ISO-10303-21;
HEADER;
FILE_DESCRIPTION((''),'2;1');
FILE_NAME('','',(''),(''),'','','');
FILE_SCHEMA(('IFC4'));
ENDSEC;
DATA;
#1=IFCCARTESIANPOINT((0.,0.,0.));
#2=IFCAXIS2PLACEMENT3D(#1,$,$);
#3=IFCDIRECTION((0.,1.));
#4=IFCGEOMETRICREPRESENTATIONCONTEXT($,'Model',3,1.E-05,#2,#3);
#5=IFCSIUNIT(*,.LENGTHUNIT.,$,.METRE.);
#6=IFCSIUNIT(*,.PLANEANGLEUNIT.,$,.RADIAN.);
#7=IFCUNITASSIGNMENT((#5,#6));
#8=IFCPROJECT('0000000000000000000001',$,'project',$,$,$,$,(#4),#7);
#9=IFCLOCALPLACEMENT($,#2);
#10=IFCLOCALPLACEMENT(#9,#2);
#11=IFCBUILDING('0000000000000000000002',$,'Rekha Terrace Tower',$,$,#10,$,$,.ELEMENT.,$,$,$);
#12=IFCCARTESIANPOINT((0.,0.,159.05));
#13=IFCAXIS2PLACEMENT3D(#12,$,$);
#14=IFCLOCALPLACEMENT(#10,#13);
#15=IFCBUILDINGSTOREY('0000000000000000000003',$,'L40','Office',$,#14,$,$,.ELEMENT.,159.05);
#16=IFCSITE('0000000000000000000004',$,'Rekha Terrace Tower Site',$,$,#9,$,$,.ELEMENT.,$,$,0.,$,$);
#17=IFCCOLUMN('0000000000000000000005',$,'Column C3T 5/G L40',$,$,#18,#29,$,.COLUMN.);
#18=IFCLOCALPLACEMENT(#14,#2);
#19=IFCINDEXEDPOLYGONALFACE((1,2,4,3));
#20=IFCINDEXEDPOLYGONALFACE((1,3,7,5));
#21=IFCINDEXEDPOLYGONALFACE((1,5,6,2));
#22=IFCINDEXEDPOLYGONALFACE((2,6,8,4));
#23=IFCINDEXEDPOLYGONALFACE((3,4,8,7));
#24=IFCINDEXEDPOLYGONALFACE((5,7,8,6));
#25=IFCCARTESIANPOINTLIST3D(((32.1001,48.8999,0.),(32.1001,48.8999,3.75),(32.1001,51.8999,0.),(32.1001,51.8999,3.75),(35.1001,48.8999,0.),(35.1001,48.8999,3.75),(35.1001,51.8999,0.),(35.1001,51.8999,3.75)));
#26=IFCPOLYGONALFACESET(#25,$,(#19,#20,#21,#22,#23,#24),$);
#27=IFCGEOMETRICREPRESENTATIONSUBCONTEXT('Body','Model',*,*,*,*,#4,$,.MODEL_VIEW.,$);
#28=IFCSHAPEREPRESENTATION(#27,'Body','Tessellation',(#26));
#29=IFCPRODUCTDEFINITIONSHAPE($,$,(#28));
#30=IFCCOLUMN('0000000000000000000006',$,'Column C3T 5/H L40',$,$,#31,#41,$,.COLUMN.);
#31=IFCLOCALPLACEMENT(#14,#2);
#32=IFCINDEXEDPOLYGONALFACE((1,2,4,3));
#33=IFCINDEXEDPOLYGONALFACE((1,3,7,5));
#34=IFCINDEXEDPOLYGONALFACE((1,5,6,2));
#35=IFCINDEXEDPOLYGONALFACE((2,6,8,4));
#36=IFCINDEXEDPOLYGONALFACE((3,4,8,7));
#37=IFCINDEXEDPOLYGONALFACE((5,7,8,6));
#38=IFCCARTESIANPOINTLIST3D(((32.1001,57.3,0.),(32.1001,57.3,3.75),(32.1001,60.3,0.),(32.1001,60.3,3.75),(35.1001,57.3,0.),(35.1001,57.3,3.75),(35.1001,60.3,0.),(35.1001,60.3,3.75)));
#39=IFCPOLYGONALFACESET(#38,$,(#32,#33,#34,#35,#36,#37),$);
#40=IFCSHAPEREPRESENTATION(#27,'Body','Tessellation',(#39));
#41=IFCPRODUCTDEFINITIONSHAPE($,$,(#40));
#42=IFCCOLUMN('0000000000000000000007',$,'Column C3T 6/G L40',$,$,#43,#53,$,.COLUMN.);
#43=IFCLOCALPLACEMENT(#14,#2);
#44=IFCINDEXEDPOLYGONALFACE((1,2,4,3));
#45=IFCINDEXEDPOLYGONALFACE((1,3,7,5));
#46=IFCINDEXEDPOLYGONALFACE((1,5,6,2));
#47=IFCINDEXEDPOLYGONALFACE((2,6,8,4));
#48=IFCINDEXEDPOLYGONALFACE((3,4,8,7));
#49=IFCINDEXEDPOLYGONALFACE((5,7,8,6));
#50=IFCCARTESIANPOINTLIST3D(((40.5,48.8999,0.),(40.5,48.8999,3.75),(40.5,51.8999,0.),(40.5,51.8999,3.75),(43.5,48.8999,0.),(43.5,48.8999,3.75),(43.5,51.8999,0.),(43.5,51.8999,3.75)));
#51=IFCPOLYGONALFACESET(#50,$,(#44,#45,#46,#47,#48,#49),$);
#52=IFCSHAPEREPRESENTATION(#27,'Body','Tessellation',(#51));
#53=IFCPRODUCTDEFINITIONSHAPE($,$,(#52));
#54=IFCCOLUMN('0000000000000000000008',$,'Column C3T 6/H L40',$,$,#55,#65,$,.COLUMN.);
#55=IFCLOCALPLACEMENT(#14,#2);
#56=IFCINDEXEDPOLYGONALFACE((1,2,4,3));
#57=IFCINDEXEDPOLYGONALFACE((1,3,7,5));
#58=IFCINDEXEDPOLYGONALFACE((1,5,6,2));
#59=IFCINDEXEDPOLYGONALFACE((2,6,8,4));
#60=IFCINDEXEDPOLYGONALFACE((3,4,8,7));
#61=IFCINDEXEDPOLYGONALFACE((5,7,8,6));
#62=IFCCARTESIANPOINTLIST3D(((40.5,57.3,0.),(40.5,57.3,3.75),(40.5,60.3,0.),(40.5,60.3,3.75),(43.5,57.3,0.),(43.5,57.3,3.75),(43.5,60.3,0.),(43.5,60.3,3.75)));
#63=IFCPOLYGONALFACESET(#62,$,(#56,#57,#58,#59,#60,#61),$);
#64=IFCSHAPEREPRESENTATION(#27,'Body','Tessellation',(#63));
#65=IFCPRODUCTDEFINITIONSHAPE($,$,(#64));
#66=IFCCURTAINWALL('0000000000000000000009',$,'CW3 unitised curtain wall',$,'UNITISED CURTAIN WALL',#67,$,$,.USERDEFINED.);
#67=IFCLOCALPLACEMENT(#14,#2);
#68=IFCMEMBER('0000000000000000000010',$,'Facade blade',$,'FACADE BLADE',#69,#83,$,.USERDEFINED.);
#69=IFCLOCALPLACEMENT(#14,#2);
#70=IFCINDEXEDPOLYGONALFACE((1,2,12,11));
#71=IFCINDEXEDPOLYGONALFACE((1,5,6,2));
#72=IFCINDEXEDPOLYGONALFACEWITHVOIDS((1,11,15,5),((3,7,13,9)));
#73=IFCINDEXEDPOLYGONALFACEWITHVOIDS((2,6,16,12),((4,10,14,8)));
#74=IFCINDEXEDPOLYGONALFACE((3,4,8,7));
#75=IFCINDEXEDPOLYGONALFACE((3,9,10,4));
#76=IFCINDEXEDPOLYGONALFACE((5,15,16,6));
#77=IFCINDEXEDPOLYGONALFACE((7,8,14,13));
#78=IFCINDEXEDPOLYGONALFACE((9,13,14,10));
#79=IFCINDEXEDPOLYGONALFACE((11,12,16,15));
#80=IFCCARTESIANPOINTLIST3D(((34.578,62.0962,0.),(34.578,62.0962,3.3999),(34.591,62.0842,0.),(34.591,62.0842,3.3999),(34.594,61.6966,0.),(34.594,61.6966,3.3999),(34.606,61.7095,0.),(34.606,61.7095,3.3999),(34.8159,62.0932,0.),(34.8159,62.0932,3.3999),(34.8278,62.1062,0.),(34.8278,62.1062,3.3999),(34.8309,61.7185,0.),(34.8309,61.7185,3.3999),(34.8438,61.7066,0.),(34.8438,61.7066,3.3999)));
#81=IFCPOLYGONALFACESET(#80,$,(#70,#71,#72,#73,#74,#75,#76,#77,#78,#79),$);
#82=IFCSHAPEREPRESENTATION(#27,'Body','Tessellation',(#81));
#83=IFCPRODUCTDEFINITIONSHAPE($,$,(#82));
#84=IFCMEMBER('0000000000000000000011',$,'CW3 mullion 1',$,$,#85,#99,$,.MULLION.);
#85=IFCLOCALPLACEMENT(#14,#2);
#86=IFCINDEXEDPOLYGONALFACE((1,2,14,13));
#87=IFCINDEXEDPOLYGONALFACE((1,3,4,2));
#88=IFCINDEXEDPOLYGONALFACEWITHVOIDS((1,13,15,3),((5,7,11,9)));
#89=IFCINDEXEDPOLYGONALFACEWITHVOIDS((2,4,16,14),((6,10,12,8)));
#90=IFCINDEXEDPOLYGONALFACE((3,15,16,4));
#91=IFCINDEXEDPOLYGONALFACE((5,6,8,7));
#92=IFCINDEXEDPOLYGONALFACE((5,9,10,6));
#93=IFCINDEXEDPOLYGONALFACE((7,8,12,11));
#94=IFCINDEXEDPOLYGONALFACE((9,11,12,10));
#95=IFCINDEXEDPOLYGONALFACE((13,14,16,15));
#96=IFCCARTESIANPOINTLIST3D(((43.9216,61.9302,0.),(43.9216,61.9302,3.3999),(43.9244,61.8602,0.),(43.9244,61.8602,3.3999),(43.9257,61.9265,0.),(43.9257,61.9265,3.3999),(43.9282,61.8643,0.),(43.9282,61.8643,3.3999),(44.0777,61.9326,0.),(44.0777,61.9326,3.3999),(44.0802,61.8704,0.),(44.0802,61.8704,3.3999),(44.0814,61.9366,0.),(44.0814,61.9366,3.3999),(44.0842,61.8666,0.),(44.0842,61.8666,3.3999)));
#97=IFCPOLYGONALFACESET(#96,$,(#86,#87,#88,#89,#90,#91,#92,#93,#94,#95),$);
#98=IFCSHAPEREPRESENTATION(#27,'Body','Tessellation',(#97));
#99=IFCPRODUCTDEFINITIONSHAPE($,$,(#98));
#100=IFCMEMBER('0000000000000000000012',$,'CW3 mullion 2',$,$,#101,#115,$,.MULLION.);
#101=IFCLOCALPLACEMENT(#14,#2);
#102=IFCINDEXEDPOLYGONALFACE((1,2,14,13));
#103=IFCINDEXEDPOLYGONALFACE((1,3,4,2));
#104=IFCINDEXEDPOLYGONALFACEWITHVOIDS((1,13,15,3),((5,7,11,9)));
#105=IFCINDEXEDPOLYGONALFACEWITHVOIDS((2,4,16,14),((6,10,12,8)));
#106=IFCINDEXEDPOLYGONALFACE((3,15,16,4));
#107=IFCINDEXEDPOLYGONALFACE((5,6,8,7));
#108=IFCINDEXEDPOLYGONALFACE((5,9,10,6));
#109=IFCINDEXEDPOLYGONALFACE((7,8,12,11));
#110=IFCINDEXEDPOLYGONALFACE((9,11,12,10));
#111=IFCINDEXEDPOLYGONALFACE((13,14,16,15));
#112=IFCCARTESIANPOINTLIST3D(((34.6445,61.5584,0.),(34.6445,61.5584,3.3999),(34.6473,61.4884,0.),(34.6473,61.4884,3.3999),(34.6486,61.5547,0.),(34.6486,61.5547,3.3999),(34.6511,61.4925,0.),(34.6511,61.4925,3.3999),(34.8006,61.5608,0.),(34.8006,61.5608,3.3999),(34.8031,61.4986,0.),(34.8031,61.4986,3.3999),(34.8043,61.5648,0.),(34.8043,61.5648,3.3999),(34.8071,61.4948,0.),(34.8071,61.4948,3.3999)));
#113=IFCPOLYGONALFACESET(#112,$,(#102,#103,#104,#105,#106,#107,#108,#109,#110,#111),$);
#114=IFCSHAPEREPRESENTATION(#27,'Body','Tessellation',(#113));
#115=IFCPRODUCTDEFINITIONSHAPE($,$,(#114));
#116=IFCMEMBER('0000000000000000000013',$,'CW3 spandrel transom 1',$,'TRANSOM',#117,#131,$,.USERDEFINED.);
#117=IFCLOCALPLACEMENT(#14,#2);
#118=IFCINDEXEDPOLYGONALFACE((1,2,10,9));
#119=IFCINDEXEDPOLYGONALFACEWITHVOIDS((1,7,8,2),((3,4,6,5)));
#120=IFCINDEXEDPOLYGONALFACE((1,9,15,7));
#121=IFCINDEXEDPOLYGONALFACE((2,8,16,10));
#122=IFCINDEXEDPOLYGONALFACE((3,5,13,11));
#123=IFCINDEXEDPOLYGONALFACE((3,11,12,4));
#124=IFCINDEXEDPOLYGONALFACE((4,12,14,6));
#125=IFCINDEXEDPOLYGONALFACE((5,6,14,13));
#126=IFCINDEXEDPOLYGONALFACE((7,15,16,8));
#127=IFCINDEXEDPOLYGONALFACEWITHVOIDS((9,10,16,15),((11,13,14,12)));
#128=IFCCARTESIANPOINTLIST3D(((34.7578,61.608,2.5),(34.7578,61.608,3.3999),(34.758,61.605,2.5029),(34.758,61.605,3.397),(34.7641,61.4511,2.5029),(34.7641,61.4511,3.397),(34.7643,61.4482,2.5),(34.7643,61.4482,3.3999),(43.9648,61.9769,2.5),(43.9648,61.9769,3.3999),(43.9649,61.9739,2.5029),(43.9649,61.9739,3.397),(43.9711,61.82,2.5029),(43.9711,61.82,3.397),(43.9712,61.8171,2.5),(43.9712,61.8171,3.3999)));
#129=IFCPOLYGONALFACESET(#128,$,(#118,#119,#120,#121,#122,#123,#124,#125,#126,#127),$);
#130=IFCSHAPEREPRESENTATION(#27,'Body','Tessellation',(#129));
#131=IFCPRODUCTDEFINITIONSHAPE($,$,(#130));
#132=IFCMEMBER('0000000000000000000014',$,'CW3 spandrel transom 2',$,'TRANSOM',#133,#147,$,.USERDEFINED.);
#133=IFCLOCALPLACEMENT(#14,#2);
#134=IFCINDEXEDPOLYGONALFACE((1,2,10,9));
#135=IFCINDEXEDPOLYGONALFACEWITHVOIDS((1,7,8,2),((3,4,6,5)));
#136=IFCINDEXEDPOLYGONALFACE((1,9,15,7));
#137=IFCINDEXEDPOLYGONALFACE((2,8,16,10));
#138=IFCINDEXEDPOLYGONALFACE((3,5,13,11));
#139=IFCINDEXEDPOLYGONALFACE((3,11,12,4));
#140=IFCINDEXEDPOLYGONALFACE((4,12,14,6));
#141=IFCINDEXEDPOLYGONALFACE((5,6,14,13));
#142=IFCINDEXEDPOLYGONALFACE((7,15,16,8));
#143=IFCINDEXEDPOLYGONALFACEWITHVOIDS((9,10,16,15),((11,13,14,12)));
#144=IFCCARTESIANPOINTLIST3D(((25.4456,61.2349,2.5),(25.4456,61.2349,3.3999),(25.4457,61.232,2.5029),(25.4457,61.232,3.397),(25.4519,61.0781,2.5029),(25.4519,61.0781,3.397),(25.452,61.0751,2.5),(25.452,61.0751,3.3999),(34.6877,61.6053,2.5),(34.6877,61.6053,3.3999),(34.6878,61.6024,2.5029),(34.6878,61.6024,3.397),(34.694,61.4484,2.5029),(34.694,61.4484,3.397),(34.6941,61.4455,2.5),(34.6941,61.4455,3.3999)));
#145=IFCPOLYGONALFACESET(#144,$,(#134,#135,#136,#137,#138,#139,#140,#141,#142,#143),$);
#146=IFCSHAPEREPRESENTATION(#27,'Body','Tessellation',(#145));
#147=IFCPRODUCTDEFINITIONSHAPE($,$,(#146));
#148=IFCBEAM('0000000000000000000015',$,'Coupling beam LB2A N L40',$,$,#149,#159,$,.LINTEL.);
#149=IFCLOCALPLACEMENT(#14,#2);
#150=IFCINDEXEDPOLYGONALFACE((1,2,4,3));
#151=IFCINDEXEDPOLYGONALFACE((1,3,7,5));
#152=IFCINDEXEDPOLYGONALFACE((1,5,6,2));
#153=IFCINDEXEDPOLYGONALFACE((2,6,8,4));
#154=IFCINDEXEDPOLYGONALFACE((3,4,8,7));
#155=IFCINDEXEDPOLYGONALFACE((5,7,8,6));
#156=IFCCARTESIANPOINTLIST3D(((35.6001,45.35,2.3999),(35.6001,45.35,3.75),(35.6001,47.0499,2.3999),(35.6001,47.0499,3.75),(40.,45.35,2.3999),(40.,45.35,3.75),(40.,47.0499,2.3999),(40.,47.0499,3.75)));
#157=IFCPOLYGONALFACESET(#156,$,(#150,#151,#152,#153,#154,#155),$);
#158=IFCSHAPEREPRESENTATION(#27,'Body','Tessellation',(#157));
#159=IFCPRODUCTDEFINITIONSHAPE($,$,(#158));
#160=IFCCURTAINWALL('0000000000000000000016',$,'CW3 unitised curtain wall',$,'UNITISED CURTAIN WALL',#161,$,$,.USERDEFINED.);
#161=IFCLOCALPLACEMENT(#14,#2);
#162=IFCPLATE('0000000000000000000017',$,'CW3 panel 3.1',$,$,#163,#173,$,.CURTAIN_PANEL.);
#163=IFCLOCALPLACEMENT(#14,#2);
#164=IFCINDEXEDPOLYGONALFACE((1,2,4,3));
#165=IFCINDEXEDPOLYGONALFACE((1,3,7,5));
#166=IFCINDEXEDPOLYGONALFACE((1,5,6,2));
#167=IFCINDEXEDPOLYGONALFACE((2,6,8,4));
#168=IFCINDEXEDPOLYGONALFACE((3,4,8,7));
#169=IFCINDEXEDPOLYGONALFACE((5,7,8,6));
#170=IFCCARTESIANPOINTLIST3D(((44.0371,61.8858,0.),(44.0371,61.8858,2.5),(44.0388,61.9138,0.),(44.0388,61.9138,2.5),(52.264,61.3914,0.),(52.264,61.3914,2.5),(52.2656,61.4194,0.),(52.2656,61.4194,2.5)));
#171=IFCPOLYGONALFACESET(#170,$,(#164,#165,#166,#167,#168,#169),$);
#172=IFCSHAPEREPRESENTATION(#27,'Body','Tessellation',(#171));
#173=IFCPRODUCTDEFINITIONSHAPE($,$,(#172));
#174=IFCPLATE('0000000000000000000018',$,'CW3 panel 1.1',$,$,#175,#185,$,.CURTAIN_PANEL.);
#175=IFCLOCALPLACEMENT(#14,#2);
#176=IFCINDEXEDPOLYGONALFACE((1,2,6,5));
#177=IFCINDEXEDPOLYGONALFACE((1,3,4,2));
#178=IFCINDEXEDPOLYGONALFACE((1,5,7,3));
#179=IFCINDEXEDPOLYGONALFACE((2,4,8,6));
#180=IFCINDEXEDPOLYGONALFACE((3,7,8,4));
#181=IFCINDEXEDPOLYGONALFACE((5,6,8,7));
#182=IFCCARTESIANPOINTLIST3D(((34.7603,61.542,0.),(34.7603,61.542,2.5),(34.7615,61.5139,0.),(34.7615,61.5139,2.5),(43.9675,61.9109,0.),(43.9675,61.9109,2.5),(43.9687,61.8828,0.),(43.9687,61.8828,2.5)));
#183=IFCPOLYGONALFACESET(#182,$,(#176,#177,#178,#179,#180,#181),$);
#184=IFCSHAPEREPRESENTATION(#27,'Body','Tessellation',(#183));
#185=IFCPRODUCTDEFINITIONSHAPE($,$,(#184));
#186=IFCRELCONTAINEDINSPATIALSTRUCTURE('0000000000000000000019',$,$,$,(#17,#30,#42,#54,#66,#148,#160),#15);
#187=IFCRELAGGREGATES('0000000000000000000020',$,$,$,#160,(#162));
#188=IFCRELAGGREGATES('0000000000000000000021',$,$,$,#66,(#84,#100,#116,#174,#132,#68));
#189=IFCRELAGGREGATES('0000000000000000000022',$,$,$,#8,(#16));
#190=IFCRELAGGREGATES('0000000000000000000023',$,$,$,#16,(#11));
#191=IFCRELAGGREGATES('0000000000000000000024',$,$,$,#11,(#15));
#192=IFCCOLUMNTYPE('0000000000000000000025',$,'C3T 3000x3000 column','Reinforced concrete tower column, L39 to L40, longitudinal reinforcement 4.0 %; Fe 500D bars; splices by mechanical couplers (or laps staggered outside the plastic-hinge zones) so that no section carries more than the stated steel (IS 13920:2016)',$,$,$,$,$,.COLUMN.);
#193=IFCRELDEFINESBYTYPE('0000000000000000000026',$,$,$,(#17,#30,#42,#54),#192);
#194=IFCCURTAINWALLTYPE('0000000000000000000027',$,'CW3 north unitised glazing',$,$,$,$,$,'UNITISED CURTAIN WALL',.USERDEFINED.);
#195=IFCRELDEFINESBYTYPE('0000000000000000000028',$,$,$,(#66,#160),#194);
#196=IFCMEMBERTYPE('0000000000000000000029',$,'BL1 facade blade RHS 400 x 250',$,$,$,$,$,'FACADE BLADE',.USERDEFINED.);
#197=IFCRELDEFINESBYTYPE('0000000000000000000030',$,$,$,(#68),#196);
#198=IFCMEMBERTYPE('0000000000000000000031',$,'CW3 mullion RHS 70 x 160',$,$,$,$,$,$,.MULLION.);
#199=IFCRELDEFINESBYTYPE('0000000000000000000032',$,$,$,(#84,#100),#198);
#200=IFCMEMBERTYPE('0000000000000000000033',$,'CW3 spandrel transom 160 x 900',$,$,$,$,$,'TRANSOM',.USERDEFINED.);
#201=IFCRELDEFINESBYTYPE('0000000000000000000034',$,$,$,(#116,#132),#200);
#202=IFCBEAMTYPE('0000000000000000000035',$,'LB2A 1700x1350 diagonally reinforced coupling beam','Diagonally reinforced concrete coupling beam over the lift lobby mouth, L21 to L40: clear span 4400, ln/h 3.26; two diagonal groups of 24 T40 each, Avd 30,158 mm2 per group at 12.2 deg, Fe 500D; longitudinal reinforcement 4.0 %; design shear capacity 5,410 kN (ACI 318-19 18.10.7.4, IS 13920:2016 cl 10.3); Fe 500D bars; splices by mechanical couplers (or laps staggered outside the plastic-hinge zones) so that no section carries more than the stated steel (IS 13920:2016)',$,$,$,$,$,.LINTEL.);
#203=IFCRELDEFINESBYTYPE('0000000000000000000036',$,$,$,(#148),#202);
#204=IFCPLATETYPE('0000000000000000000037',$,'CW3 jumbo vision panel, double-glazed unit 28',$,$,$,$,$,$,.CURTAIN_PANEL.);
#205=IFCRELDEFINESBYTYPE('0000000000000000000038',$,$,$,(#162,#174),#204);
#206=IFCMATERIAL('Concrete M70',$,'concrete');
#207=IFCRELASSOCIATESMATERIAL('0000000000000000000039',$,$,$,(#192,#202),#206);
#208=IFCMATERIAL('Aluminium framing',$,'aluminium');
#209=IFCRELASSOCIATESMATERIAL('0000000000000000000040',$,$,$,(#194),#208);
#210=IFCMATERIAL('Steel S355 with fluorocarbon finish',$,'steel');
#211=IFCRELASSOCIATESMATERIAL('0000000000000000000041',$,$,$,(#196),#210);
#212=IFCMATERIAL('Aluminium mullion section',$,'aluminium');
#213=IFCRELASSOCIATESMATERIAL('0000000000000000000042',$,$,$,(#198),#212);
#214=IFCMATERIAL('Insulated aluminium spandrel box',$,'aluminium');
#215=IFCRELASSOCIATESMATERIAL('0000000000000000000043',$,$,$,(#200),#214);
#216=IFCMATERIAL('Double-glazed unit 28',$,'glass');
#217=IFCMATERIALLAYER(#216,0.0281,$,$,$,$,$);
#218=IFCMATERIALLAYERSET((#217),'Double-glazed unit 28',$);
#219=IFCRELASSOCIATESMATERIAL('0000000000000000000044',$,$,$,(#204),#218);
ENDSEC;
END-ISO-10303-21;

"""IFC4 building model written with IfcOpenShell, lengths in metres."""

from ifc_helpers import new_model, si_unit, direction, frame, origin, origin_2d, place, context, subcontext, project, spatial, rectangle, hollow_rectangle, extrude, material, layer, layer_set, material_profile, profile_set, type_object, element, aggregate, save


model = new_model("IFC4")

# Units and contexts
model_context = context("Model", 3, precision=1e-05, world=origin(), true_north=direction((0.0, 1.0)))
body_context = subcontext(model_context, "Body", "Model", "MODEL_VIEW")
ifc_project = project(units=[si_unit("LENGTHUNIT", "METRE"), si_unit("PLANEANGLEUNIT", "RADIAN")], contexts=[model_context])

# Site, building, storey
site_placement = place(None, origin())
site = spatial("IfcSite", under=ifc_project, at=site_placement, Name="Rekha Terrace Tower Site", CompositionType="ELEMENT", RefElevation=0.0)
building_placement = place(site_placement, origin())
building = spatial("IfcBuilding", under=site, at=building_placement, Name="Rekha Terrace Tower", CompositionType="ELEMENT")
storey_placement = place(building_placement, frame((0.0, 0.0, 159.05)))
storey = spatial("IfcBuildingStorey", under=building, at=storey_placement, Name="L40", Description="Office", CompositionType="ELEMENT", Elevation=159.05)

# Columns
ifc_material_1 = material(Name="Concrete M70", Category="concrete")
ifc_material_profile_1 = material_profile(ifc_material_1, rectangle(XDim=3.0, YDim=3.0, at=origin_2d()), Name="RC 3000x3000")
ifc_profile_set_1 = profile_set([ifc_material_profile_1], Name="Concrete M70")
column_type = type_object("IfcColumnType", Name="C3T 3000x3000 column", Description="Reinforced concrete tower column, L39 to L40, longitudinal reinforcement 4.0 %; Fe 500D bars; splices by mechanical couplers (or laps staggered outside the plastic-hinge zones) so that no section carries more than the stated steel (IS 13920:2016)", PredefinedType="COLUMN", material=ifc_profile_set_1)
for number, where, z_axis, x_axis, name in (
    (1, (33.6001, 50.3999, 0.0), (0.0, 0.0, 1.0), (1.0, 0.0, 0.0), "Column C3T 5/G L40"),
    (2, (33.6001, 58.8, 0.0), (0.0, 0.0, 1.0), (1.0, 0.0, 0.0), "Column C3T 5/H L40"),
    (3, (42.0, 50.3999, 0.0), (0.0, 0.0, 1.0), (1.0, 0.0, 0.0), "Column C3T 6/G L40"),
    (4, (42.0, 58.8, 0.0), (0.0, 0.0, 1.0), (1.0, 0.0, 0.0), "Column C3T 6/H L40"),
):
    element("IfcColumn", number, at=place(storey_placement, frame(where, z_axis=z_axis, x_axis=x_axis)), inside=storey, type_object=column_type, Name=name, PredefinedType="COLUMN", context=body_context, shape_type="SweptSolid", body=[
        extrude(rectangle(XDim=3.0, YDim=3.0, at=origin_2d()), origin(), (0.0, 0.0, 1.0), 3.75),
    ])

# Curtain wall, members
ifc_material_2 = material(Name="Aluminium framing", Category="aluminium")
curtain_wall_type = type_object("IfcCurtainWallType", Name="CW3 north unitised glazing", ElementType="UNITISED CURTAIN WALL", PredefinedType="USERDEFINED", material=ifc_material_2)
curtain_wall_1_placement = place(storey_placement, origin())
curtain_wall_1 = element("IfcCurtainWall", 5, at=curtain_wall_1_placement, inside=storey, type_object=curtain_wall_type, Name="CW3 unitised curtain wall", ObjectType="UNITISED CURTAIN WALL", PredefinedType="USERDEFINED")
ifc_material_3 = material(Name="Steel S355 with fluorocarbon finish", Category="steel")
ifc_material_profile_2 = material_profile(ifc_material_3, hollow_rectangle(XDim=0.25, YDim=0.3999, WallThickness=0.0125, at=origin_2d()), Name="RHS400x250x12.5")
ifc_profile_set_2 = profile_set([ifc_material_profile_2], Name="Steel S355 with fluorocarbon finish")
member_type_1 = type_object("IfcMemberType", Name="BL1 facade blade RHS 400 x 250", ElementType="FACADE BLADE", PredefinedType="USERDEFINED", material=ifc_profile_set_2)
member_1_placement = place(storey_placement, frame((34.7109, 61.9014, 0.0), z_axis=(0.0, 0.0, 1.0), x_axis=(-0.999198, -0.040032, 0.0)))
member_1 = element("IfcMember", 6, at=member_1_placement, type_object=member_type_1, Name="Facade blade", ObjectType="FACADE BLADE", PredefinedType="USERDEFINED", context=body_context, shape_type="SweptSolid", body=[
    extrude(hollow_rectangle(XDim=0.25, YDim=0.3999, WallThickness=0.0125, at=origin_2d()), origin(), (0.0, 0.0, 1.0), 3.3999),
])
ifc_material_4 = material(Name="Aluminium mullion section", Category="aluminium")
ifc_material_profile_3 = material_profile(ifc_material_4, hollow_rectangle(XDim=0.0701, YDim=0.1599, WallThickness=0.0039, at=origin_2d()), Name="AL RHS 70x160")
ifc_profile_set_3 = profile_set([ifc_material_profile_3], Name="Aluminium mullion section")
member_type_2 = type_object("IfcMemberType", Name="CW3 mullion RHS 70 x 160", PredefinedType="MULLION", material=ifc_profile_set_3)
member_2_placement = place(storey_placement, frame((44.0029, 61.8984, 0.0), z_axis=(0.0, 0.0, 1.0), x_axis=(0.040032, -0.999198, 0.0)))
member_2 = element("IfcMember", 7, at=member_2_placement, type_object=member_type_2, Name="CW3 mullion 1", PredefinedType="MULLION", context=body_context, shape_type="SweptSolid", body=[
    extrude(hollow_rectangle(XDim=0.0701, YDim=0.1599, WallThickness=0.0039, at=origin_2d()), origin(), (0.0, 0.0, 1.0), 3.3999),
])
member_3_placement = place(storey_placement, frame((34.7258, 61.5266, 0.0), z_axis=(0.0, 0.0, 1.0), x_axis=(0.040032, -0.999198, 0.0)))
member_3 = element("IfcMember", 8, at=member_3_placement, type_object=member_type_2, Name="CW3 mullion 2", PredefinedType="MULLION", context=body_context, shape_type="SweptSolid", body=[
    extrude(hollow_rectangle(XDim=0.0701, YDim=0.1599, WallThickness=0.0039, at=origin_2d()), origin(), (0.0, 0.0, 1.0), 3.3999),
])
ifc_material_5 = material(Name="Insulated aluminium spandrel box", Category="aluminium")
ifc_material_profile_4 = material_profile(ifc_material_5, hollow_rectangle(XDim=0.1599, YDim=0.8999, WallThickness=0.0029, at=origin_2d()), Name="AL SPANDREL BOX 160x900")
ifc_profile_set_4 = profile_set([ifc_material_profile_4], Name="Insulated aluminium spandrel box")
member_type_3 = type_object("IfcMemberType", Name="CW3 spandrel transom 160 x 900", ElementType="TRANSOM", PredefinedType="USERDEFINED", material=ifc_profile_set_4)
member_4_placement = place(storey_placement, frame((43.968, 61.897, 2.95), z_axis=(-0.999198, -0.040035, 0.0), x_axis=(0.040035, -0.999198, 0.0)))
member_4 = element("IfcMember", 9, at=member_4_placement, type_object=member_type_3, Name="CW3 spandrel transom 1", ObjectType="TRANSOM", PredefinedType="USERDEFINED", context=body_context, shape_type="SweptSolid", body=[
    extrude(hollow_rectangle(XDim=0.1599, YDim=0.8999, WallThickness=0.0029, at=origin_2d()), origin(), (0.0, 0.0, 1.0), 9.2144),
])
member_5_placement = place(storey_placement, frame((34.6909, 61.5254, 2.95), z_axis=(-0.999198, -0.040041, 0.0), x_axis=(0.040041, -0.999198, 0.0)))
member_5 = element("IfcMember", 10, at=member_5_placement, type_object=member_type_3, Name="CW3 spandrel transom 2", ObjectType="TRANSOM", PredefinedType="USERDEFINED", context=body_context, shape_type="SweptSolid", body=[
    extrude(hollow_rectangle(XDim=0.1599, YDim=0.8999, WallThickness=0.0029, at=origin_2d()), origin(), (0.0, 0.0, 1.0), 9.2495),
])

# Beam
ifc_material_profile_5 = material_profile(ifc_material_1, rectangle(XDim=1.7, YDim=1.3501, at=origin_2d()), Name="RC 1700x1350")
ifc_profile_set_5 = profile_set([ifc_material_profile_5], Name="Concrete M70")
beam_type = type_object("IfcBeamType", Name="LB2A 1700x1350 diagonally reinforced coupling beam", Description="Diagonally reinforced concrete coupling beam over the lift lobby mouth, L21 to L40: clear span 4400, ln/h 3.26; two diagonal groups of 24 T40 each, Avd 30,158 mm2 per group at 12.2 deg, Fe 500D; longitudinal reinforcement 4.0 %; design shear capacity 5,410 kN (ACI 318-19 18.10.7.4, IS 13920:2016 cl 10.3); Fe 500D bars; splices by mechanical couplers (or laps staggered outside the plastic-hinge zones) so that no section carries more than the stated steel (IS 13920:2016)", PredefinedType="LINTEL", material=ifc_profile_set_5)
beam_placement = place(storey_placement, frame((35.6001, 46.2, 3.075), z_axis=(1.0, 0.0, 0.0), x_axis=(0.0, 1.0, 0.0)))
element("IfcBeam", 11, at=beam_placement, inside=storey, type_object=beam_type, Name="Coupling beam LB2A N L40", PredefinedType="LINTEL", context=body_context, shape_type="SweptSolid", body=[
    extrude(rectangle(XDim=1.7, YDim=1.3501, at=origin_2d()), origin(), (0.0, 0.0, 1.0), 4.3999),
])

# Curtain wall, plate
curtain_wall_2_placement = place(storey_placement, origin())
curtain_wall_2 = element("IfcCurtainWall", 12, at=curtain_wall_2_placement, inside=storey, type_object=curtain_wall_type, Name="CW3 unitised curtain wall", ObjectType="UNITISED CURTAIN WALL", PredefinedType="USERDEFINED")
ifc_material_6 = material(Name="Double-glazed unit 28", Category="glass")
ifc_layer_1 = layer(ifc_material_6, 0.0281)
ifc_layer_set_1 = layer_set([ifc_layer_1], Name="Double-glazed unit 28")
plate_type = type_object("IfcPlateType", Name="CW3 jumbo vision panel, double-glazed unit 28", PredefinedType="CURTAIN_PANEL", material=ifc_layer_set_1)
plate_1_placement = place(storey_placement, frame((48.1514, 61.6526, 0.0), z_axis=(0.0, 0.0, 1.0), x_axis=(-0.998199, 0.059988, 0.0)))
plate_1 = element("IfcPlate", 13, at=plate_1_placement, type_object=plate_type, Name="CW3 panel 3.1", PredefinedType="CURTAIN_PANEL", context=body_context, shape_type="SweptSolid", body=[
    extrude(rectangle(XDim=8.2417, YDim=0.0281, at=origin_2d()), origin(), (0.0, 0.0, 1.0), 2.5),
])
aggregate(curtain_wall_2, [plate_1])

# Plate
plate_2_placement = place(storey_placement, frame((39.3645, 61.7124, 0.0), z_axis=(0.0, 0.0, 1.0), x_axis=(-0.999198, -0.040032, 0.0)))
plate_2 = element("IfcPlate", 14, at=plate_2_placement, type_object=plate_type, Name="CW3 panel 1.1", PredefinedType="CURTAIN_PANEL", context=body_context, shape_type="SweptSolid", body=[
    extrude(rectangle(XDim=9.2146, YDim=0.0281, at=origin_2d()), origin(), (0.0, 0.0, 1.0), 2.5),
])
aggregate(curtain_wall_1, [member_2, member_3, member_4, plate_2, member_5, member_1])

save(model, "model.ifc")
